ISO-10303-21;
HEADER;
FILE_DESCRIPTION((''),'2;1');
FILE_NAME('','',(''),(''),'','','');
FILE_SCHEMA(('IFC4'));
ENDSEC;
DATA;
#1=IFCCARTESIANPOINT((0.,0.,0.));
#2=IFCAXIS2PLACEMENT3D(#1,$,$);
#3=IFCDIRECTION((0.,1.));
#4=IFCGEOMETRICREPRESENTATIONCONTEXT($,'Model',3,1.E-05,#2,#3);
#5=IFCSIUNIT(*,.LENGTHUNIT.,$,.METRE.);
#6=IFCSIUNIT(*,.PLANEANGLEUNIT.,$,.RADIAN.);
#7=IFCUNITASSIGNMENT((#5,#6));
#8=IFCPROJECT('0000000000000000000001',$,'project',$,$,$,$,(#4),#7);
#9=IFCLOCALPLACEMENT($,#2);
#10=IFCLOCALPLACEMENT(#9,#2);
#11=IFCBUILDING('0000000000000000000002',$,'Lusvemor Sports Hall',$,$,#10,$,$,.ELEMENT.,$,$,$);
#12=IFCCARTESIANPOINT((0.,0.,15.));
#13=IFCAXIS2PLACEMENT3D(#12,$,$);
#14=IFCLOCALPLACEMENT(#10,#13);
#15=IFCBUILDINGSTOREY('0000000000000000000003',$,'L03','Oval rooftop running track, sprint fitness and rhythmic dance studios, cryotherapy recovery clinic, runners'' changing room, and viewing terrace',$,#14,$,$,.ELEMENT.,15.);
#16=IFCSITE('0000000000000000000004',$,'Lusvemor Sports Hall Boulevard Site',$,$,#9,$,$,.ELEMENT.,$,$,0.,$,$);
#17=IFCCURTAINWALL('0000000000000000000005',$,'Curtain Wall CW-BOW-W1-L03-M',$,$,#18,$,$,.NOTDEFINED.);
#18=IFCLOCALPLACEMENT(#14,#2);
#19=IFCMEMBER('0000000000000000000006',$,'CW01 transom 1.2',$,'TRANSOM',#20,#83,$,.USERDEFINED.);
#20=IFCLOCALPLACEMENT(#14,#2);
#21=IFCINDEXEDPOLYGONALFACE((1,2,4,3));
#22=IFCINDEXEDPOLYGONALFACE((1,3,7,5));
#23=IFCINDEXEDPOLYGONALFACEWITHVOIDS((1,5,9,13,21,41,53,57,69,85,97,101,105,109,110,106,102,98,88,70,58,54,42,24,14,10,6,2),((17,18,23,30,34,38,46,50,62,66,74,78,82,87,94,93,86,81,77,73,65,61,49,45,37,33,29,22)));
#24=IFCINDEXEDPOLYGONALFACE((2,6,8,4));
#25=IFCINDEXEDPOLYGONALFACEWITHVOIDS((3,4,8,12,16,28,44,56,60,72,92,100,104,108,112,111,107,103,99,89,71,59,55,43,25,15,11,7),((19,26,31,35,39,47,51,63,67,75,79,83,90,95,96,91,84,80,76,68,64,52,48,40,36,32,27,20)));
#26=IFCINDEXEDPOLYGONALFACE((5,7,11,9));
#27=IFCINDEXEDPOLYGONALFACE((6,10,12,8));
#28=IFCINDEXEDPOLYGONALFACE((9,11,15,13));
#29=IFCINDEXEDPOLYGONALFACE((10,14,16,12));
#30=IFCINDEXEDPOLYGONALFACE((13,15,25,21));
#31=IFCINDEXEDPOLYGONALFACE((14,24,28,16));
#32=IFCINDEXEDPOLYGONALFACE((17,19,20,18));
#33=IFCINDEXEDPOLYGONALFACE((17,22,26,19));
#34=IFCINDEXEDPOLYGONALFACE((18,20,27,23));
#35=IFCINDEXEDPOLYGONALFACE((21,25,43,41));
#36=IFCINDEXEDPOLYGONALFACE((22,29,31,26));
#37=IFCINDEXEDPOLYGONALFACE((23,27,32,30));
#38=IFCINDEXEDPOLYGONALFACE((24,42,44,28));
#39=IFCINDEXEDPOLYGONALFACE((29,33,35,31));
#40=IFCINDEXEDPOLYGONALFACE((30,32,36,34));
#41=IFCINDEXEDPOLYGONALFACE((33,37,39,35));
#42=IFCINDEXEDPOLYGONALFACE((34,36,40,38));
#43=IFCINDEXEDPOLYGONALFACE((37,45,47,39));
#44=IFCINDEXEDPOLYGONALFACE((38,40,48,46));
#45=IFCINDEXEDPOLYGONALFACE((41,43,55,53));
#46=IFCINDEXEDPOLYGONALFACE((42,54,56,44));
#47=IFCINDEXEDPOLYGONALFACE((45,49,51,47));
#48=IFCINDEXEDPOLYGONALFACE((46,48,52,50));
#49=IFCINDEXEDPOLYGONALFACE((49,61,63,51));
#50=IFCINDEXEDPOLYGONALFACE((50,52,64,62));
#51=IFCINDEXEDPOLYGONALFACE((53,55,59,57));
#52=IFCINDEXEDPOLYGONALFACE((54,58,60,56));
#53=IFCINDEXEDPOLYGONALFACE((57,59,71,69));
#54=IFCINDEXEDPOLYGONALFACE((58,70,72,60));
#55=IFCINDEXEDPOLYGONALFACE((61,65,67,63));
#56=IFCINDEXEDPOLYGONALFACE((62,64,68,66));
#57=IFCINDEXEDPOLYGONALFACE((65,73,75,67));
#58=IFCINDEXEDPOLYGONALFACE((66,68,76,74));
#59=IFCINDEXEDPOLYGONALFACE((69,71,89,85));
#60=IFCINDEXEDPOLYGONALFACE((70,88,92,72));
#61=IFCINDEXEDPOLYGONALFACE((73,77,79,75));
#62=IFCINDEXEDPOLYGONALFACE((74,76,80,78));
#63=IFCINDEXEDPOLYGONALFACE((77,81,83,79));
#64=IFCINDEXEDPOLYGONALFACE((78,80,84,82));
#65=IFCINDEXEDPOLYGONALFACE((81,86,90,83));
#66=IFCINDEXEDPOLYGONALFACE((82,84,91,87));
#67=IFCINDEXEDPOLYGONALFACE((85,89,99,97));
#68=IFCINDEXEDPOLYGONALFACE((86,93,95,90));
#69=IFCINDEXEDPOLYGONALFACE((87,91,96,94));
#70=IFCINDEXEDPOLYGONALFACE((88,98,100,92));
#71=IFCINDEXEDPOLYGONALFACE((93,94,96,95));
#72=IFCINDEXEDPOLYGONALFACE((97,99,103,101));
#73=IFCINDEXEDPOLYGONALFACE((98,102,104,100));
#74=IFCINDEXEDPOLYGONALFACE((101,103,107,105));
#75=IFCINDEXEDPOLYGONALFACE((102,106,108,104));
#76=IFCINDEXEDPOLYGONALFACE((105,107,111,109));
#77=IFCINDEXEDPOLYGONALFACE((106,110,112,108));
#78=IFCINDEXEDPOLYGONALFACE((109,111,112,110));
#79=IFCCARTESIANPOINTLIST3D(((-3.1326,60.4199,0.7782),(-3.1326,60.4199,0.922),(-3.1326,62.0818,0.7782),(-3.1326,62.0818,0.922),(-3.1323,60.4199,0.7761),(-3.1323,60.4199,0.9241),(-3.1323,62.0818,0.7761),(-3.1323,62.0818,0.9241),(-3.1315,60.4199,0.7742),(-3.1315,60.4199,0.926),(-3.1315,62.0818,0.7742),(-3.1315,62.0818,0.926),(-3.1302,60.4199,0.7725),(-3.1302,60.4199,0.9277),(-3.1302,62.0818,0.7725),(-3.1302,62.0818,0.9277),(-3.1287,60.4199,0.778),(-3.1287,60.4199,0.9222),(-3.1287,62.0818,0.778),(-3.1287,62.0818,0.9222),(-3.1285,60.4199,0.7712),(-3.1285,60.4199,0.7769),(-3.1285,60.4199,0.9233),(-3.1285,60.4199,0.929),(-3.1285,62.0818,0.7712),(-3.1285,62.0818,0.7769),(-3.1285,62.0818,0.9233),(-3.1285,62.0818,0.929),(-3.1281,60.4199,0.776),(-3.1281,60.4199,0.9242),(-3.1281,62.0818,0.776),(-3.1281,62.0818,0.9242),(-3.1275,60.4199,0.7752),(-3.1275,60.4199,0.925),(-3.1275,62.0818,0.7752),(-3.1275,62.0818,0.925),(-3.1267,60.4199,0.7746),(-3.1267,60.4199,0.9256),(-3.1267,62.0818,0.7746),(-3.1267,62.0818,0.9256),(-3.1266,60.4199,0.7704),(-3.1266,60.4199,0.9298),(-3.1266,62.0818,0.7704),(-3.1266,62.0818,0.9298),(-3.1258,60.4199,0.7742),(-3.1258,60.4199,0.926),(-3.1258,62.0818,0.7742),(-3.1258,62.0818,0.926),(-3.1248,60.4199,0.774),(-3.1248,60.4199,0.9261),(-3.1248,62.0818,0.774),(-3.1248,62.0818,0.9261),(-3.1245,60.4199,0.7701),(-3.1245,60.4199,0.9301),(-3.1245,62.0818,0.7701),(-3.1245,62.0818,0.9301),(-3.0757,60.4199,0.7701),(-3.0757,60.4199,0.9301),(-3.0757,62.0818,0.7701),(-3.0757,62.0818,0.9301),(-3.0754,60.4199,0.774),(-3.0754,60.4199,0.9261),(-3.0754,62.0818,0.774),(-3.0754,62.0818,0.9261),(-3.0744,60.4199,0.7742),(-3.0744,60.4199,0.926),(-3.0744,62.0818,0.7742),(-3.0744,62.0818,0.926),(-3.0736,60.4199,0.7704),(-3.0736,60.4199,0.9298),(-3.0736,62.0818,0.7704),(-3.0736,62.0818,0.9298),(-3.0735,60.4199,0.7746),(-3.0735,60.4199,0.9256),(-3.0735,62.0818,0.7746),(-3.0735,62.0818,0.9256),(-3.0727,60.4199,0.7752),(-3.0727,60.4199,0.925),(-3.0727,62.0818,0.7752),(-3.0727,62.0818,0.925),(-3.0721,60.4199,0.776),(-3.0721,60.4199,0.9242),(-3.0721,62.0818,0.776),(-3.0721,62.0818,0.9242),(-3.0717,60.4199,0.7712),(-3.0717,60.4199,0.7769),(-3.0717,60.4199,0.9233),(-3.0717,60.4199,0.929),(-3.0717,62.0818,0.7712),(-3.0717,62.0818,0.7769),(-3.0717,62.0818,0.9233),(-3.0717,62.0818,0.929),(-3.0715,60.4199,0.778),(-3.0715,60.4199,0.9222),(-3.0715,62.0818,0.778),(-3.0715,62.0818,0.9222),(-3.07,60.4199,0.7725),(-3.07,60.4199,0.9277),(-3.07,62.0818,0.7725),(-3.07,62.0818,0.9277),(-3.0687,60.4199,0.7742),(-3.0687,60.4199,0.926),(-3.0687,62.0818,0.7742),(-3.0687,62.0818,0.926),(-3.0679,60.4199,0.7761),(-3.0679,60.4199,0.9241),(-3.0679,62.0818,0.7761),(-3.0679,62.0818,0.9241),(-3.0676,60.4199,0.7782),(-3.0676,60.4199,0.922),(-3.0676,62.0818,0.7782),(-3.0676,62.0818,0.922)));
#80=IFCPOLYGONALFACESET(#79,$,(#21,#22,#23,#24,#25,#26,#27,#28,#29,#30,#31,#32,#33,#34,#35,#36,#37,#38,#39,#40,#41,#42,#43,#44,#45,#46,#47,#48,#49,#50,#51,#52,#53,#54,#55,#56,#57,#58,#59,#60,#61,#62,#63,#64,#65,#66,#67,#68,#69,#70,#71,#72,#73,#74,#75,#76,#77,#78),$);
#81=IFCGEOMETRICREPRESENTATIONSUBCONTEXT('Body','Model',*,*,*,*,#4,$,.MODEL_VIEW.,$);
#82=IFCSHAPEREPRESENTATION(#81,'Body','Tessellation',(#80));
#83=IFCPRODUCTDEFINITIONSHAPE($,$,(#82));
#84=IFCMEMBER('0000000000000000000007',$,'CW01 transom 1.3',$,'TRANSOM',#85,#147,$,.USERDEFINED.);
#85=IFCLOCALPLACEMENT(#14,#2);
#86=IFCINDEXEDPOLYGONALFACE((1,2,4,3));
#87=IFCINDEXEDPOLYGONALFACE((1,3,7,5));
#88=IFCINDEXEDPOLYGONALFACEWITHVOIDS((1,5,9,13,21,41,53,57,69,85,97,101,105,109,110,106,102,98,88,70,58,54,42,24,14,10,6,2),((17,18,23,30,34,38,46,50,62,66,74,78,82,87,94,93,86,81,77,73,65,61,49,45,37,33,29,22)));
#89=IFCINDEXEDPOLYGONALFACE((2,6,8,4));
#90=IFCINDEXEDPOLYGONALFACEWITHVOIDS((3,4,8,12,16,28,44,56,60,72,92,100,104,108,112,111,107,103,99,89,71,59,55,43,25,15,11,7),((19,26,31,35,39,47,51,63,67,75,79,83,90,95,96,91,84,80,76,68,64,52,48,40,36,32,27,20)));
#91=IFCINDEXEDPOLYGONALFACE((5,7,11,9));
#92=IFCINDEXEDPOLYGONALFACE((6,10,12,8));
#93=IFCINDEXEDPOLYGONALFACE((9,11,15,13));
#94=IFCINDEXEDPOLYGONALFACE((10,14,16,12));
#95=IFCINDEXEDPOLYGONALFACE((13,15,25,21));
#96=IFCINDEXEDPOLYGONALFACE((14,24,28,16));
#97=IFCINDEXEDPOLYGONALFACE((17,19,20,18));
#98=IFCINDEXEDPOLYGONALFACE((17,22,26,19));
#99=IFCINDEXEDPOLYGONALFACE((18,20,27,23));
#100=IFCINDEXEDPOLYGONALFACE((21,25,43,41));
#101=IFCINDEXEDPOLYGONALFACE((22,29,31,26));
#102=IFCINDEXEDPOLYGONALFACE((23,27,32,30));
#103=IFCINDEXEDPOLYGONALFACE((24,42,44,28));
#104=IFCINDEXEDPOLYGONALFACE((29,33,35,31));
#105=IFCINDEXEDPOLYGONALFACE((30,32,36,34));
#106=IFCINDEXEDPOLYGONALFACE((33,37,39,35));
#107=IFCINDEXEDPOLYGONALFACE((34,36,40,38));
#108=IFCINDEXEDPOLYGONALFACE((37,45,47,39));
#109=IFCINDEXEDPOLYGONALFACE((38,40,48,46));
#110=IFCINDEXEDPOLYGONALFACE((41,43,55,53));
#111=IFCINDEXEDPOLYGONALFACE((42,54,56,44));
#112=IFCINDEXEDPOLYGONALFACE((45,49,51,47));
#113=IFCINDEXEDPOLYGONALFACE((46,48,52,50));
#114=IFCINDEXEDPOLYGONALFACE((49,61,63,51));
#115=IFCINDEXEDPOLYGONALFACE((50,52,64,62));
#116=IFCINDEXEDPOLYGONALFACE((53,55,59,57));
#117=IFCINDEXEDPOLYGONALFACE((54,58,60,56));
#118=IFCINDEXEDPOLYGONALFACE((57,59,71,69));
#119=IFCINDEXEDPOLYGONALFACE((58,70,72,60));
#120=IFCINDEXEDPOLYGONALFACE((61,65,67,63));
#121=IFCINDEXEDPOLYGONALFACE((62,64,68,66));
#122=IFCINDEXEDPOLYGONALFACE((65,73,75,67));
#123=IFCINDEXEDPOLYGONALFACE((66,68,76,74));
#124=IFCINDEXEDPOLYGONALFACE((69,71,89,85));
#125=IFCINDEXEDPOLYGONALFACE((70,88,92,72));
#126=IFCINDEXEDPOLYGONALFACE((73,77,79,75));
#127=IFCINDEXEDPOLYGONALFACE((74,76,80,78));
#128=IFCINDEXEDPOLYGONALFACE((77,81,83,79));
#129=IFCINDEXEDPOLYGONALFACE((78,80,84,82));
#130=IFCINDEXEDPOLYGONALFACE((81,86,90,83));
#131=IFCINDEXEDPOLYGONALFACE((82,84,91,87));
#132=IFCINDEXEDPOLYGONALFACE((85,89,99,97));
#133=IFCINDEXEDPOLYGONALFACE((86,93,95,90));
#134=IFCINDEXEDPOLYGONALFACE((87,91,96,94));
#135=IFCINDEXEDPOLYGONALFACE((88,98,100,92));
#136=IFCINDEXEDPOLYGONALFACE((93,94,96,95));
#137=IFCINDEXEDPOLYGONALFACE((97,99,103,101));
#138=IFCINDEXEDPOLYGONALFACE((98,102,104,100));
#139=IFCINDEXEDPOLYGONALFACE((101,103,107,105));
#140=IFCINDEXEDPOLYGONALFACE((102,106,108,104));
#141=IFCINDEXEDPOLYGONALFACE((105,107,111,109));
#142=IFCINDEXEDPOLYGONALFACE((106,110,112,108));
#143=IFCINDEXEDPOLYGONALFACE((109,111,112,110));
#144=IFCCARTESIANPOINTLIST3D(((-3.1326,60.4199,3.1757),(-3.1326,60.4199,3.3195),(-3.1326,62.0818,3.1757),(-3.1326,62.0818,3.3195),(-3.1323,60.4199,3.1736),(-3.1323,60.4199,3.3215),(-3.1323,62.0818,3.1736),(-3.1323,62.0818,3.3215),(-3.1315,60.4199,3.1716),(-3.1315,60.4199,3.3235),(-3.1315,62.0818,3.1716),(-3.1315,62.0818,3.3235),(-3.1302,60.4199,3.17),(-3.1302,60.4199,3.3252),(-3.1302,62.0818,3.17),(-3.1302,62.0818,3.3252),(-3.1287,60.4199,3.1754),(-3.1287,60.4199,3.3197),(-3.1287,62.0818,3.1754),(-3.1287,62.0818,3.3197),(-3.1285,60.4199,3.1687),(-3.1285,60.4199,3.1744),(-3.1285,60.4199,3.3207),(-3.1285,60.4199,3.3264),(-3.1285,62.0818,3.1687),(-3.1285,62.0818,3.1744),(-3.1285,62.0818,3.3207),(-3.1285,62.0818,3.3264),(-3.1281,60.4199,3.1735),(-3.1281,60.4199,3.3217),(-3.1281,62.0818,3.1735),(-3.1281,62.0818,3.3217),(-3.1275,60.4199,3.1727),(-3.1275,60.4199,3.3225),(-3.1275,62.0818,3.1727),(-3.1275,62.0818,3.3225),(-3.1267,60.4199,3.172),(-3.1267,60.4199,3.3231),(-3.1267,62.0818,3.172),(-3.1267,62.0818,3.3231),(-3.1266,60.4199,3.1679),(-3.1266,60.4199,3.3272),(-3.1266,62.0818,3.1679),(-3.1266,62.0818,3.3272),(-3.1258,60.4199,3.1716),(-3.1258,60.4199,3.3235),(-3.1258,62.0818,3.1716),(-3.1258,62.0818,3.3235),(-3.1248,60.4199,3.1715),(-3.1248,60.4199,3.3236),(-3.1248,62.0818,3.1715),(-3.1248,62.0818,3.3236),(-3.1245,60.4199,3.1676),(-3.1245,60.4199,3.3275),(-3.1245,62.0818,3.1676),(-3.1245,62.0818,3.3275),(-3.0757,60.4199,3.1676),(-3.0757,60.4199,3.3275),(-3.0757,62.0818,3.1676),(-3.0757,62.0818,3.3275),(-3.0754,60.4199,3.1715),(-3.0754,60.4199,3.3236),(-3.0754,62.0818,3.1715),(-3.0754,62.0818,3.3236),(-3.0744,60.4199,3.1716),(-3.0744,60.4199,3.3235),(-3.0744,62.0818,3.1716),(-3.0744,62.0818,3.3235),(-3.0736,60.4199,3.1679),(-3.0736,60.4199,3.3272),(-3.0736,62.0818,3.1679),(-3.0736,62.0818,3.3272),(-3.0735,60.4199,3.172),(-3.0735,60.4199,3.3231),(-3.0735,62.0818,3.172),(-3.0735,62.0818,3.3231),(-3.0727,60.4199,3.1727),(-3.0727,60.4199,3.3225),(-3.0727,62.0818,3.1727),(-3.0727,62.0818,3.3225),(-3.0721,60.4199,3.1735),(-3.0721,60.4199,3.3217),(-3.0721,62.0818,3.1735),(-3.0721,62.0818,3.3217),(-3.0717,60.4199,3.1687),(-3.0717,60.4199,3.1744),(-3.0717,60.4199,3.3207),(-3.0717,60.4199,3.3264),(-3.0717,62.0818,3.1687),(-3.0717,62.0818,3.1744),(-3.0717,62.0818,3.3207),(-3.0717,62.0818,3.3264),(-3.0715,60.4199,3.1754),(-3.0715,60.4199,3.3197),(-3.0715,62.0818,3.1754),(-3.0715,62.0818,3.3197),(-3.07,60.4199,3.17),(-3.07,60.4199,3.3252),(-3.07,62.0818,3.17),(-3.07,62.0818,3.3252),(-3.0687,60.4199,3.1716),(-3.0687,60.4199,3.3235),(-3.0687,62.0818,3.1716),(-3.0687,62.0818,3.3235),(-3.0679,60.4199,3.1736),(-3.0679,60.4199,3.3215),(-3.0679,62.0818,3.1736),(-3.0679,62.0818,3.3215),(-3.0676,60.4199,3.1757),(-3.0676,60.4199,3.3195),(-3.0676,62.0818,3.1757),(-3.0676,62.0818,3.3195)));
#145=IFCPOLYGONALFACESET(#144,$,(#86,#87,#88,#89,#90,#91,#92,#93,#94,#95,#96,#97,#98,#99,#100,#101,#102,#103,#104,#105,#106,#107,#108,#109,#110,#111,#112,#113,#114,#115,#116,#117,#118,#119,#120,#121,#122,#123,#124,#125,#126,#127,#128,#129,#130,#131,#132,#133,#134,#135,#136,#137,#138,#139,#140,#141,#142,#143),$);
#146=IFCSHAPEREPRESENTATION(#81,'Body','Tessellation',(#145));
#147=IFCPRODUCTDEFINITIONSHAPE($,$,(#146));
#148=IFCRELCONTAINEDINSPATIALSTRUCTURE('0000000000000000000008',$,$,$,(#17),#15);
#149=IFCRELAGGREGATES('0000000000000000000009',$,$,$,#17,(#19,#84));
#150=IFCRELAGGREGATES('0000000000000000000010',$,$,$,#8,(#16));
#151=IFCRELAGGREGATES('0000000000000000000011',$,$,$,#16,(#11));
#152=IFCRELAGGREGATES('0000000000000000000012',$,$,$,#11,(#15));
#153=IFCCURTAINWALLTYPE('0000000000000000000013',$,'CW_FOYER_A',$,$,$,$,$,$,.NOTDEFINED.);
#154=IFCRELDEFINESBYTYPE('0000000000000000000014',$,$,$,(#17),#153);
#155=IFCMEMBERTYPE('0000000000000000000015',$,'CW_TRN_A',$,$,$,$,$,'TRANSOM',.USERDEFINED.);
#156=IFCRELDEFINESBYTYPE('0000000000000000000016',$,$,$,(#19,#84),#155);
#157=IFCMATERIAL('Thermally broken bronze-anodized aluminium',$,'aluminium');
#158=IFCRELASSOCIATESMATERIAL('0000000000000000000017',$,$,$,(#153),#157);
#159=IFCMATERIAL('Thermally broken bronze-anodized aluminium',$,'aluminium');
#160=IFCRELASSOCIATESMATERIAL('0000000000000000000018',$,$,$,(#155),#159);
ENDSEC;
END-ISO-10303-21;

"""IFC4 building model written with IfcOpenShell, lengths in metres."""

from ifc_helpers import new_model, si_unit, direction, frame, origin, origin_2d, place, context, subcontext, project, spatial, hollow_rectangle, extrude, material, material_profile, profile_set, type_object, element, aggregate, save


model = new_model("IFC4")

# Units and contexts
model_context = context("Model", 3, precision=1e-05, world=origin(), true_north=direction((0.0, 1.0)))
body_context = subcontext(model_context, "Body", "Model", "MODEL_VIEW")
ifc_project = project(units=[si_unit("LENGTHUNIT", "METRE"), si_unit("PLANEANGLEUNIT", "RADIAN")], contexts=[model_context])

# Site, building, storey
site_placement = place(None, origin())
site = spatial("IfcSite", under=ifc_project, at=site_placement, Name="Lusvemor Sports Hall Boulevard Site", CompositionType="ELEMENT", RefElevation=0.0)
building_placement = place(site_placement, origin())
building = spatial("IfcBuilding", under=site, at=building_placement, Name="Lusvemor Sports Hall", CompositionType="ELEMENT")
storey_placement = place(building_placement, frame((0.0, 0.0, 15.0)))
storey = spatial("IfcBuildingStorey", under=building, at=storey_placement, Name="L03", Description="Oval rooftop running track, sprint fitness and rhythmic dance studios, cryotherapy recovery clinic, runners' changing room, and viewing terrace", CompositionType="ELEMENT", Elevation=15.0)

# Curtain wall
ifc_material_1 = material(Name="Thermally broken bronze-anodized aluminium", Category="aluminium")
curtain_wall_type_1 = type_object("IfcCurtainWallType", Name="CW_FOYER_A", PredefinedType="NOTDEFINED", material=ifc_material_1)
curtain_wall_1_placement = place(storey_placement, origin())
curtain_wall_1 = element("IfcCurtainWall", 1, at=curtain_wall_1_placement, inside=storey, type_object=curtain_wall_type_1, Name="Curtain Wall CW-BOW-W1-L03-M", PredefinedType="NOTDEFINED")

# Members
ifc_material_2 = material(Name="Thermally broken bronze-anodized aluminium", Category="aluminium")
ifc_material_profile_1 = material_profile(ifc_material_2, hollow_rectangle(XDim=0.0649, YDim=0.1599, WallThickness=0.0039, InnerFilletRadius=0.0039, OuterFilletRadius=0.0081, at=origin_2d()), Name="CWTRN160x65x4")
ifc_profile_set_1 = profile_set([ifc_material_profile_1], Name="Thermally broken bronze-anodized aluminium")
member_type_1 = type_object("IfcMemberType", Name="CW_TRN_A", ElementType="TRANSOM", PredefinedType="USERDEFINED", material=ifc_profile_set_1)
member_1_placement = place(storey_placement, frame((-3.1001, 60.4199, 0.8501), z_axis=(0.0, 1.0, 0.0), x_axis=(-1.0, 0.0, 0.0)))
member_1 = element("IfcMember", 2, at=member_1_placement, type_object=member_type_1, Name="CW01 transom 1.2", ObjectType="TRANSOM", PredefinedType="USERDEFINED", context=body_context, shape_type="SweptSolid", body=[
    extrude(hollow_rectangle(XDim=0.0649, YDim=0.1599, WallThickness=0.0039, InnerFilletRadius=0.0039, OuterFilletRadius=0.0081, at=origin_2d()), origin(), (0.0, 0.0, 1.0), 1.6619),
])
member_2_placement = place(storey_placement, frame((-3.1001, 60.4199, 3.2476), z_axis=(0.0, 1.0, 0.0), x_axis=(-1.0, 0.0, 0.0)))
member_2 = element("IfcMember", 3, at=member_2_placement, type_object=member_type_1, Name="CW01 transom 1.3", ObjectType="TRANSOM", PredefinedType="USERDEFINED", context=body_context, shape_type="SweptSolid", body=[
    extrude(hollow_rectangle(XDim=0.0649, YDim=0.1599, WallThickness=0.0039, InnerFilletRadius=0.0039, OuterFilletRadius=0.0081, at=origin_2d()), origin(), (0.0, 0.0, 1.0), 1.6619),
])

aggregate(curtain_wall_1, [member_1, member_2])

save(model, "model.ifc")
